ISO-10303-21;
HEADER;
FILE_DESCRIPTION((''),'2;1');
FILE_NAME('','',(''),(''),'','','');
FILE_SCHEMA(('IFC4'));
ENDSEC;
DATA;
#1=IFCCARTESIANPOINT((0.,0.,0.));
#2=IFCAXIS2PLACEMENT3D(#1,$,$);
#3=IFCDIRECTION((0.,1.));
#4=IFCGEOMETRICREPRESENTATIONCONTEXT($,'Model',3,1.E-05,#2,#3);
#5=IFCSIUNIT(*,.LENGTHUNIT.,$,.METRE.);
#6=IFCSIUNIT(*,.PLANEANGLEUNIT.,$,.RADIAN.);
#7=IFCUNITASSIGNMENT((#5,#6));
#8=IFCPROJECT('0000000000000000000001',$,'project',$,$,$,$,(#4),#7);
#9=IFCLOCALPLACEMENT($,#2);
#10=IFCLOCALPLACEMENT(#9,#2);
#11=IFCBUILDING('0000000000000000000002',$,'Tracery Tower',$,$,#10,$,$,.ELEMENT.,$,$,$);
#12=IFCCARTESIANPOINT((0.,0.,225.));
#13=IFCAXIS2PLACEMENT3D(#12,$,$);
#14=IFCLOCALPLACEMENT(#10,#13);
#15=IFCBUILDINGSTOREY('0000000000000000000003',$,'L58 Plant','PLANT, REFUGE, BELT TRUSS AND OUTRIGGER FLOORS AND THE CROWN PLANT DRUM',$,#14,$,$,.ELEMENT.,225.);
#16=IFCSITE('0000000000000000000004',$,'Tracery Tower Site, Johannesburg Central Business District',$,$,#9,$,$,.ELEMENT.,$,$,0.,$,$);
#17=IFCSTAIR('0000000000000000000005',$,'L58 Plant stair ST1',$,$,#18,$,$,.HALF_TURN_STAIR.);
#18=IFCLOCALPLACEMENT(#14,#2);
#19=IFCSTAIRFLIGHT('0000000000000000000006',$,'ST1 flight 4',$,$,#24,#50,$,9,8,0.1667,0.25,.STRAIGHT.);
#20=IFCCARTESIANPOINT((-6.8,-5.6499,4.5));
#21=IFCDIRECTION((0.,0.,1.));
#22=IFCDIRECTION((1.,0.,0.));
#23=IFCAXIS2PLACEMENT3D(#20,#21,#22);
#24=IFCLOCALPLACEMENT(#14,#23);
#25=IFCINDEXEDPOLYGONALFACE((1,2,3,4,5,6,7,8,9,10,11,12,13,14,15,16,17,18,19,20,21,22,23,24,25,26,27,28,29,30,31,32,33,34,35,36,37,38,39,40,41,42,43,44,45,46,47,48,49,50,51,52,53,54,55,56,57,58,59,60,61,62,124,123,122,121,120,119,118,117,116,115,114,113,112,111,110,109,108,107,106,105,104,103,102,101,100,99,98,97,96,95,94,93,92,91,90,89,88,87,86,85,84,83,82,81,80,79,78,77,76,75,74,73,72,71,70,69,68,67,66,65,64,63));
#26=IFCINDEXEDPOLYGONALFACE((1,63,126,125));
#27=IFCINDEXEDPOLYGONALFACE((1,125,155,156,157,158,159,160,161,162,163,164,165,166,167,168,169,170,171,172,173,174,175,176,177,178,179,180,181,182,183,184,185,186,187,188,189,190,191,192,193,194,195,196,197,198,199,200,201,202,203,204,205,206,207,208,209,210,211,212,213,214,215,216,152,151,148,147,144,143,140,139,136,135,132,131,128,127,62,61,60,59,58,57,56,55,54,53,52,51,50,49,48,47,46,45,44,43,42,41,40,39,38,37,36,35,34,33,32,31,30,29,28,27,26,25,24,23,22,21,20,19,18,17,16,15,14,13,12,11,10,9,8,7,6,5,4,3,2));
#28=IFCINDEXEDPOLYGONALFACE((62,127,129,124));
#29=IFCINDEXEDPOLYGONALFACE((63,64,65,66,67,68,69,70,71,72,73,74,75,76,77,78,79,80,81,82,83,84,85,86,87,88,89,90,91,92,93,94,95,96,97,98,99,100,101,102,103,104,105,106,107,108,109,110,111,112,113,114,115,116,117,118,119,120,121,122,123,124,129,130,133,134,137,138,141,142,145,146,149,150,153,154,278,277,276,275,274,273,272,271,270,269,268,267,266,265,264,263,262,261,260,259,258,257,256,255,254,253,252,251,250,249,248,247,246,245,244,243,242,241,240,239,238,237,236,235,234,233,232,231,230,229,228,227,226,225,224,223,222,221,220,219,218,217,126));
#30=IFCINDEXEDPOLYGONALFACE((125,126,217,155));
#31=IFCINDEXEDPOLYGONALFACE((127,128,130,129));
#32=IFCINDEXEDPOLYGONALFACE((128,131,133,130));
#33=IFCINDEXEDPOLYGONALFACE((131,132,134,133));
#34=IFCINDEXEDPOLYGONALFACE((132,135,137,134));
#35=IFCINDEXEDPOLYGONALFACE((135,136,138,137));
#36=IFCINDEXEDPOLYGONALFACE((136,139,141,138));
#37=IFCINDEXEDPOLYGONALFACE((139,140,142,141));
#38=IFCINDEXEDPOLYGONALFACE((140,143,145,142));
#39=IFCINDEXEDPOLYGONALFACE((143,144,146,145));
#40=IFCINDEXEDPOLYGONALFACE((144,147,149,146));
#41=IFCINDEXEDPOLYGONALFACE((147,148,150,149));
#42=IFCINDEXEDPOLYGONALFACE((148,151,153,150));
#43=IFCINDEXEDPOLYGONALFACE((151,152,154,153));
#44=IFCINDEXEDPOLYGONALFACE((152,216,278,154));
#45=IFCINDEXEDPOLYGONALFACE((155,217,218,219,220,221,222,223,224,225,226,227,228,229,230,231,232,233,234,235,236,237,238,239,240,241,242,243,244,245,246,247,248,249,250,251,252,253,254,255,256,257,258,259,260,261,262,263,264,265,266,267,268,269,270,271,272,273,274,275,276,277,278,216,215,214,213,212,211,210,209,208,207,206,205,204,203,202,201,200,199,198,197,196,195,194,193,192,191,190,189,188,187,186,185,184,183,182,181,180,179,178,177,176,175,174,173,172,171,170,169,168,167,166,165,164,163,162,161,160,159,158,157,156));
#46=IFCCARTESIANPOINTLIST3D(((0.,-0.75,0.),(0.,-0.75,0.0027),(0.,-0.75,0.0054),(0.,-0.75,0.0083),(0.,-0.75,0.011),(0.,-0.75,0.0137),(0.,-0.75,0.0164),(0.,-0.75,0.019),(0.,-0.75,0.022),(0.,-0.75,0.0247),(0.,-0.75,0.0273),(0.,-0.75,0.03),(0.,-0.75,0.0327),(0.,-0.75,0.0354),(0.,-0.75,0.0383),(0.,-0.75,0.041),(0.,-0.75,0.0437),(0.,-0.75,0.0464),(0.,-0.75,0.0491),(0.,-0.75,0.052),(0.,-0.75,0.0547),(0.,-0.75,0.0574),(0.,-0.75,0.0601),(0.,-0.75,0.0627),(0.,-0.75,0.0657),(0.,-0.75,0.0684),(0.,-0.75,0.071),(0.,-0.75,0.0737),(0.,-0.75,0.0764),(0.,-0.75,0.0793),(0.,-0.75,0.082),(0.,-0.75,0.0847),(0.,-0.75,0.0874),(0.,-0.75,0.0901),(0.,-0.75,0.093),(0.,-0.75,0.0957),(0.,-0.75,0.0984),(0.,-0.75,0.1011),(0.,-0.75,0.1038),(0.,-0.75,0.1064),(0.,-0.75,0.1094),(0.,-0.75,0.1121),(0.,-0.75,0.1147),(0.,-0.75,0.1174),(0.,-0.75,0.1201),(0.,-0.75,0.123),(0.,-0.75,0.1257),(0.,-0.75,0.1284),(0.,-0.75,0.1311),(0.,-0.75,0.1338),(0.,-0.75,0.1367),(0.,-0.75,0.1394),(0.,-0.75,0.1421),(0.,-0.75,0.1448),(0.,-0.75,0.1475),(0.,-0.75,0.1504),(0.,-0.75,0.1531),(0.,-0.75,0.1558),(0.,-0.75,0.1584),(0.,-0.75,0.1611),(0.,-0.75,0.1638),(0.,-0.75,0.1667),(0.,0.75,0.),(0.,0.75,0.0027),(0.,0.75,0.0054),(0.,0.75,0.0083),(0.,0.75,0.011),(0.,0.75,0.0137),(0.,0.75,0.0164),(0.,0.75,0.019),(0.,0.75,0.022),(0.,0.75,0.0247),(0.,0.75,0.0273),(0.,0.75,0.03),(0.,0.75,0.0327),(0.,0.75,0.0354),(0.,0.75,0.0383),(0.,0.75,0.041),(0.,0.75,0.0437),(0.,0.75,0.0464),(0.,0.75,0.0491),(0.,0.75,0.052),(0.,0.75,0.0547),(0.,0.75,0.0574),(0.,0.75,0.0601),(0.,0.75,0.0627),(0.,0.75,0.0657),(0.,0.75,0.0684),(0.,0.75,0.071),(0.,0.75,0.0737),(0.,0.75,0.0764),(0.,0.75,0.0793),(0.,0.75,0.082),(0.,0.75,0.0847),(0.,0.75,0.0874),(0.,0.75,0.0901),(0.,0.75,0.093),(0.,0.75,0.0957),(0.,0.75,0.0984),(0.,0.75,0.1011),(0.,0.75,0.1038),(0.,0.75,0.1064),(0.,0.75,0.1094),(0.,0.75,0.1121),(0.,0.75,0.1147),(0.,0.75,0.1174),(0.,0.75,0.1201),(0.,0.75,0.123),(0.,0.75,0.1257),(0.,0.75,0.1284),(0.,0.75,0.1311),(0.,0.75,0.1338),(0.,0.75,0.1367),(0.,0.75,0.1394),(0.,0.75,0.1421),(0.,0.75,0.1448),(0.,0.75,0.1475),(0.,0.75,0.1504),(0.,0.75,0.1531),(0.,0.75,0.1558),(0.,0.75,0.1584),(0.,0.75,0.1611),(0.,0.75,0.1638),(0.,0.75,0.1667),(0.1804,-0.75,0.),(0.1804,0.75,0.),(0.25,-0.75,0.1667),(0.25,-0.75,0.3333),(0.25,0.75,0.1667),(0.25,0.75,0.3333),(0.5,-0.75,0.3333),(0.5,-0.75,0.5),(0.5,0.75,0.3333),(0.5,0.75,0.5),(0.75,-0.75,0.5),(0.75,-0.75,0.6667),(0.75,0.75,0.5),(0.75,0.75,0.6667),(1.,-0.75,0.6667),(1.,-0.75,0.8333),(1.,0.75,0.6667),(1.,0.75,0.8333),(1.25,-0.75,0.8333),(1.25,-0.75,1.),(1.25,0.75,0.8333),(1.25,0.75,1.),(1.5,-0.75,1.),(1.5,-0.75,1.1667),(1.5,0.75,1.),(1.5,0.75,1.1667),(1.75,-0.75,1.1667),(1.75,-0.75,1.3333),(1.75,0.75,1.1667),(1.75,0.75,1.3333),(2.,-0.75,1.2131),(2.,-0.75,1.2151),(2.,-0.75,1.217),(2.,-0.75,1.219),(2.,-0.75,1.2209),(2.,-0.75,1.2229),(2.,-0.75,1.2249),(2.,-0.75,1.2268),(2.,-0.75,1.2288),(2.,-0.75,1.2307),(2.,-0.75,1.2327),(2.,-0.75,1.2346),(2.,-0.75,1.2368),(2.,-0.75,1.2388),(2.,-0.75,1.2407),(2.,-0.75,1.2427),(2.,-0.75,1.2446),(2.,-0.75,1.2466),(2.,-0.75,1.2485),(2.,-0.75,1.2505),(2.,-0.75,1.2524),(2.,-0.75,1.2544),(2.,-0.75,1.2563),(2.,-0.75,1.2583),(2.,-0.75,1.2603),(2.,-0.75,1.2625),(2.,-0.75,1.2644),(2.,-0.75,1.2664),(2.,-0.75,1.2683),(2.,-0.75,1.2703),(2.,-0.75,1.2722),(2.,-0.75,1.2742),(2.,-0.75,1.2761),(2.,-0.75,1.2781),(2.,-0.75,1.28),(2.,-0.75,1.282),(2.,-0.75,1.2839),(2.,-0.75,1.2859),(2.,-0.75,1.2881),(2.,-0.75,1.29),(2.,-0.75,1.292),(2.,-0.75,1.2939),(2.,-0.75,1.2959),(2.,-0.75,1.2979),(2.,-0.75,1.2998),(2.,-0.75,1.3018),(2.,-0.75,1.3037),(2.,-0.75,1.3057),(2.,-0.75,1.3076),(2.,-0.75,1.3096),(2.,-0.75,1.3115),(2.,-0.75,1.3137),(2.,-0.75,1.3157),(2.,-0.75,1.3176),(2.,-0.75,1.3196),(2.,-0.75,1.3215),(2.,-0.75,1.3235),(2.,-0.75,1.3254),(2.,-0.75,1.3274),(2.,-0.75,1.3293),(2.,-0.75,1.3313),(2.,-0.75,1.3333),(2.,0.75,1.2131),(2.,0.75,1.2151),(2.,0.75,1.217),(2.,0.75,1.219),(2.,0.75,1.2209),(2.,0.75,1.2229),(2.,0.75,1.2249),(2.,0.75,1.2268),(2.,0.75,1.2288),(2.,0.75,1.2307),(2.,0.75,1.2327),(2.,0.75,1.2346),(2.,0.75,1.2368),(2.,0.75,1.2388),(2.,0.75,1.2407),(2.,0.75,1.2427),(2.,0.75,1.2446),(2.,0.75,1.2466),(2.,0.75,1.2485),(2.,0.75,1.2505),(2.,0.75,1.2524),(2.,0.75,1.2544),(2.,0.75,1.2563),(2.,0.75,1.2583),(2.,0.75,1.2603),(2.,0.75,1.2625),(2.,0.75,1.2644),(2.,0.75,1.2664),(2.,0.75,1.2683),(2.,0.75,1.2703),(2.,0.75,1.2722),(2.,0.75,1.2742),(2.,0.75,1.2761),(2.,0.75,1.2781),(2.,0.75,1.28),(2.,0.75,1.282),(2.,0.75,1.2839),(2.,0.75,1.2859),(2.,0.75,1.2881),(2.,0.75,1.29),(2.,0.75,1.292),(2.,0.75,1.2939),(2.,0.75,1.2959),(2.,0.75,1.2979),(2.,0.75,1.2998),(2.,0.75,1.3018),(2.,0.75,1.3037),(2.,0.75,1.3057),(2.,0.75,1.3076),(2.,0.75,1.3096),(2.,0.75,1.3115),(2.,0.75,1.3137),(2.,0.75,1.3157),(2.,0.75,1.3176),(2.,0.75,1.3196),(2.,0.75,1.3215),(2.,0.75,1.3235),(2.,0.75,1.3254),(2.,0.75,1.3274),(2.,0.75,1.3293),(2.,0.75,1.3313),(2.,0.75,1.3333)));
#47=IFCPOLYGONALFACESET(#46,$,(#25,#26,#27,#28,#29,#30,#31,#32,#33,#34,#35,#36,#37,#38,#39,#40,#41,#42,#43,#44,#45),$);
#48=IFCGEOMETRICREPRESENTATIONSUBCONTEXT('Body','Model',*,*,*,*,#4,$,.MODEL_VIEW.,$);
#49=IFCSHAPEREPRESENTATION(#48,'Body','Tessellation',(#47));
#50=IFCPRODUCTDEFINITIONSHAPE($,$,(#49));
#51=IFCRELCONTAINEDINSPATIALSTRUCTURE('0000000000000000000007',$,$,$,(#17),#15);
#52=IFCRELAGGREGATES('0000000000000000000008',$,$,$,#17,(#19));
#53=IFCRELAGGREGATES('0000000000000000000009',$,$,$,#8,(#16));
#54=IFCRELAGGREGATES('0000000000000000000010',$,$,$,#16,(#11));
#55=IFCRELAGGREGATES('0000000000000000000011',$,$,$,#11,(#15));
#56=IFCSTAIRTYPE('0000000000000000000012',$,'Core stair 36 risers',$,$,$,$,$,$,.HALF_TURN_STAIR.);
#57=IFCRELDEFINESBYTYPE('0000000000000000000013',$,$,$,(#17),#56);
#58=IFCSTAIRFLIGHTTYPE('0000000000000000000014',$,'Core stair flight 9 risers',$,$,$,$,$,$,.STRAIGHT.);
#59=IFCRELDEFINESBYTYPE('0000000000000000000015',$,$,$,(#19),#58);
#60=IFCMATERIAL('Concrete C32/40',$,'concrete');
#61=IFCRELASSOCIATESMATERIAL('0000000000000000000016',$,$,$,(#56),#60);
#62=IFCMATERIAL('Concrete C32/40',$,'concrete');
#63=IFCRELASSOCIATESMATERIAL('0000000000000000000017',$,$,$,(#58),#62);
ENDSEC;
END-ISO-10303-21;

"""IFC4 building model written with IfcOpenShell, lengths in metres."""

from ifc_helpers import new_model, si_unit, direction, frame, origin, place, context, subcontext, project, spatial, polyline, outline, extrude, material, type_object, element, aggregate, save


model = new_model("IFC4")

# Units and contexts
model_context = context("Model", 3, precision=1e-05, world=origin(), true_north=direction((0.0, 1.0)))
body_context = subcontext(model_context, "Body", "Model", "MODEL_VIEW")
ifc_project = project(units=[si_unit("LENGTHUNIT", "METRE"), si_unit("PLANEANGLEUNIT", "RADIAN")], contexts=[model_context])

# Site, building, storey
site_placement = place(None, origin())
site = spatial("IfcSite", under=ifc_project, at=site_placement, Name="Tracery Tower Site, Johannesburg Central Business District", CompositionType="ELEMENT", RefElevation=0.0)
building_placement = place(site_placement, origin())
building = spatial("IfcBuilding", under=site, at=building_placement, Name="Tracery Tower", CompositionType="ELEMENT")
storey_placement = place(building_placement, frame((0.0, 0.0, 225.0)))
storey = spatial("IfcBuildingStorey", under=building, at=storey_placement, Name="L58 Plant", Description="PLANT, REFUGE, BELT TRUSS AND OUTRIGGER FLOORS AND THE CROWN PLANT DRUM", CompositionType="ELEMENT", Elevation=225.0)

# Stair, stair flight
ifc_material_1 = material(Name="Concrete C32/40", Category="concrete")
stair_type = type_object("IfcStairType", Name="Core stair 36 risers", PredefinedType="HALF_TURN_STAIR", material=ifc_material_1)
stair_placement = place(storey_placement, origin())
stair = element("IfcStair", 1, at=stair_placement, inside=storey, type_object=stair_type, Name="L58 Plant stair ST1", PredefinedType="HALF_TURN_STAIR")
ifc_material_2 = material(Name="Concrete C32/40", Category="concrete")
stair_flight_type = type_object("IfcStairFlightType", Name="Core stair flight 9 risers", PredefinedType="STRAIGHT", material=ifc_material_2)
stair_flight_1_placement = place(storey_placement, frame((-6.8, -5.6499, 4.5), z_axis=(0.0, 0.0, 1.0), x_axis=(1.0, 0.0, 0.0)))
stair_flight_1 = element("IfcStairFlight", 2, at=stair_flight_1_placement, type_object=stair_flight_type, Name="ST1 flight 4", NumberOfRisers=9, NumberOfTreads=8, PredefinedType="STRAIGHT", RiserHeight=0.1667, TreadLength=0.25, context=body_context, shape_type="SweptSolid", body=[
    extrude(outline(polyline([(0.0, 0.0), (0.0, 0.0027), (0.0, 0.0054), (0.0, 0.0083), (0.0, 0.011), (0.0, 0.0137), (0.0, 0.0164), (0.0, 0.019), (0.0, 0.022), (0.0, 0.0247), (0.0, 0.0273), (0.0, 0.03), (0.0, 0.0327), (0.0, 0.0354), (0.0, 0.0383), (0.0, 0.041), (0.0, 0.0437), (0.0, 0.0464), (0.0, 0.0491), (0.0, 0.052), (0.0, 0.0547), (0.0, 0.0574), (0.0, 0.0601), (0.0, 0.0627), (0.0, 0.0657), (0.0, 0.0684), (0.0, 0.071), (0.0, 0.0737), (0.0, 0.0764), (0.0, 0.0793), (0.0, 0.082), (0.0, 0.0847), (0.0, 0.0874), (0.0, 0.0901), (0.0, 0.093), (0.0, 0.0957), (0.0, 0.0984), (0.0, 0.1011), (0.0, 0.1038), (0.0, 0.1064), (0.0, 0.1094), (0.0, 0.1121), (0.0, 0.1147), (0.0, 0.1174), (0.0, 0.1201), (0.0, 0.123), (0.0, 0.1257), (0.0, 0.1284), (0.0, 0.1311), (0.0, 0.1338), (0.0, 0.1367), (0.0, 0.1394), (0.0, 0.1421), (0.0, 0.1448), (0.0, 0.1475), (0.0, 0.1504), (0.0, 0.1531), (0.0, 0.1558), (0.0, 0.1584), (0.0, 0.1611), (0.0, 0.1638), (0.0, 0.1667), (0.25, 0.1667), (0.25, 0.3333), (0.5, 0.3333), (0.5, 0.5), (0.75, 0.5), (0.75, 0.6667), (1.0, 0.6667), (1.0, 0.8333), (1.25, 0.8333), (1.25, 1.0), (1.5, 1.0), (1.5, 1.1667), (1.75, 1.1667), (1.75, 1.3333), (2.0, 1.3333), (2.0, 1.3313), (2.0, 1.3293), (2.0, 1.3274), (2.0, 1.3254), (2.0, 1.3235), (2.0, 1.3215), (2.0, 1.3196), (2.0, 1.3176), (2.0, 1.3157), (2.0, 1.3137), (2.0, 1.3115), (2.0, 1.3096), (2.0, 1.3076), (2.0, 1.3057), (2.0, 1.3037), (2.0, 1.3018), (2.0, 1.2998), (2.0, 1.2979), (2.0, 1.2959), (2.0, 1.2939), (2.0, 1.292), (2.0, 1.29), (2.0, 1.2881), (2.0, 1.2859), (2.0, 1.2839), (2.0, 1.282), (2.0, 1.28), (2.0, 1.2781), (2.0, 1.2761), (2.0, 1.2742), (2.0, 1.2722), (2.0, 1.2703), (2.0, 1.2683), (2.0, 1.2664), (2.0, 1.2644), (2.0, 1.2625), (2.0, 1.2603), (2.0, 1.2583), (2.0, 1.2563), (2.0, 1.2544), (2.0, 1.2524), (2.0, 1.2505), (2.0, 1.2485), (2.0, 1.2466), (2.0, 1.2446), (2.0, 1.2427), (2.0, 1.2407), (2.0, 1.2388), (2.0, 1.2368), (2.0, 1.2346), (2.0, 1.2327), (2.0, 1.2307), (2.0, 1.2288), (2.0, 1.2268), (2.0, 1.2249), (2.0, 1.2229), (2.0, 1.2209), (2.0, 1.219), (2.0, 1.217), (2.0, 1.2151), (2.0, 1.2131), (0.1804, 0.0), (0.0, 0.0)])), frame((0.0, 0.75, 0.0), z_axis=(0.0, -1.0, 0.0), x_axis=(1.0, 0.0, 0.0)), (0.0, 0.0, 1.0), 1.5),
])
aggregate(stair, [stair_flight_1])

save(model, "model.ifc")
